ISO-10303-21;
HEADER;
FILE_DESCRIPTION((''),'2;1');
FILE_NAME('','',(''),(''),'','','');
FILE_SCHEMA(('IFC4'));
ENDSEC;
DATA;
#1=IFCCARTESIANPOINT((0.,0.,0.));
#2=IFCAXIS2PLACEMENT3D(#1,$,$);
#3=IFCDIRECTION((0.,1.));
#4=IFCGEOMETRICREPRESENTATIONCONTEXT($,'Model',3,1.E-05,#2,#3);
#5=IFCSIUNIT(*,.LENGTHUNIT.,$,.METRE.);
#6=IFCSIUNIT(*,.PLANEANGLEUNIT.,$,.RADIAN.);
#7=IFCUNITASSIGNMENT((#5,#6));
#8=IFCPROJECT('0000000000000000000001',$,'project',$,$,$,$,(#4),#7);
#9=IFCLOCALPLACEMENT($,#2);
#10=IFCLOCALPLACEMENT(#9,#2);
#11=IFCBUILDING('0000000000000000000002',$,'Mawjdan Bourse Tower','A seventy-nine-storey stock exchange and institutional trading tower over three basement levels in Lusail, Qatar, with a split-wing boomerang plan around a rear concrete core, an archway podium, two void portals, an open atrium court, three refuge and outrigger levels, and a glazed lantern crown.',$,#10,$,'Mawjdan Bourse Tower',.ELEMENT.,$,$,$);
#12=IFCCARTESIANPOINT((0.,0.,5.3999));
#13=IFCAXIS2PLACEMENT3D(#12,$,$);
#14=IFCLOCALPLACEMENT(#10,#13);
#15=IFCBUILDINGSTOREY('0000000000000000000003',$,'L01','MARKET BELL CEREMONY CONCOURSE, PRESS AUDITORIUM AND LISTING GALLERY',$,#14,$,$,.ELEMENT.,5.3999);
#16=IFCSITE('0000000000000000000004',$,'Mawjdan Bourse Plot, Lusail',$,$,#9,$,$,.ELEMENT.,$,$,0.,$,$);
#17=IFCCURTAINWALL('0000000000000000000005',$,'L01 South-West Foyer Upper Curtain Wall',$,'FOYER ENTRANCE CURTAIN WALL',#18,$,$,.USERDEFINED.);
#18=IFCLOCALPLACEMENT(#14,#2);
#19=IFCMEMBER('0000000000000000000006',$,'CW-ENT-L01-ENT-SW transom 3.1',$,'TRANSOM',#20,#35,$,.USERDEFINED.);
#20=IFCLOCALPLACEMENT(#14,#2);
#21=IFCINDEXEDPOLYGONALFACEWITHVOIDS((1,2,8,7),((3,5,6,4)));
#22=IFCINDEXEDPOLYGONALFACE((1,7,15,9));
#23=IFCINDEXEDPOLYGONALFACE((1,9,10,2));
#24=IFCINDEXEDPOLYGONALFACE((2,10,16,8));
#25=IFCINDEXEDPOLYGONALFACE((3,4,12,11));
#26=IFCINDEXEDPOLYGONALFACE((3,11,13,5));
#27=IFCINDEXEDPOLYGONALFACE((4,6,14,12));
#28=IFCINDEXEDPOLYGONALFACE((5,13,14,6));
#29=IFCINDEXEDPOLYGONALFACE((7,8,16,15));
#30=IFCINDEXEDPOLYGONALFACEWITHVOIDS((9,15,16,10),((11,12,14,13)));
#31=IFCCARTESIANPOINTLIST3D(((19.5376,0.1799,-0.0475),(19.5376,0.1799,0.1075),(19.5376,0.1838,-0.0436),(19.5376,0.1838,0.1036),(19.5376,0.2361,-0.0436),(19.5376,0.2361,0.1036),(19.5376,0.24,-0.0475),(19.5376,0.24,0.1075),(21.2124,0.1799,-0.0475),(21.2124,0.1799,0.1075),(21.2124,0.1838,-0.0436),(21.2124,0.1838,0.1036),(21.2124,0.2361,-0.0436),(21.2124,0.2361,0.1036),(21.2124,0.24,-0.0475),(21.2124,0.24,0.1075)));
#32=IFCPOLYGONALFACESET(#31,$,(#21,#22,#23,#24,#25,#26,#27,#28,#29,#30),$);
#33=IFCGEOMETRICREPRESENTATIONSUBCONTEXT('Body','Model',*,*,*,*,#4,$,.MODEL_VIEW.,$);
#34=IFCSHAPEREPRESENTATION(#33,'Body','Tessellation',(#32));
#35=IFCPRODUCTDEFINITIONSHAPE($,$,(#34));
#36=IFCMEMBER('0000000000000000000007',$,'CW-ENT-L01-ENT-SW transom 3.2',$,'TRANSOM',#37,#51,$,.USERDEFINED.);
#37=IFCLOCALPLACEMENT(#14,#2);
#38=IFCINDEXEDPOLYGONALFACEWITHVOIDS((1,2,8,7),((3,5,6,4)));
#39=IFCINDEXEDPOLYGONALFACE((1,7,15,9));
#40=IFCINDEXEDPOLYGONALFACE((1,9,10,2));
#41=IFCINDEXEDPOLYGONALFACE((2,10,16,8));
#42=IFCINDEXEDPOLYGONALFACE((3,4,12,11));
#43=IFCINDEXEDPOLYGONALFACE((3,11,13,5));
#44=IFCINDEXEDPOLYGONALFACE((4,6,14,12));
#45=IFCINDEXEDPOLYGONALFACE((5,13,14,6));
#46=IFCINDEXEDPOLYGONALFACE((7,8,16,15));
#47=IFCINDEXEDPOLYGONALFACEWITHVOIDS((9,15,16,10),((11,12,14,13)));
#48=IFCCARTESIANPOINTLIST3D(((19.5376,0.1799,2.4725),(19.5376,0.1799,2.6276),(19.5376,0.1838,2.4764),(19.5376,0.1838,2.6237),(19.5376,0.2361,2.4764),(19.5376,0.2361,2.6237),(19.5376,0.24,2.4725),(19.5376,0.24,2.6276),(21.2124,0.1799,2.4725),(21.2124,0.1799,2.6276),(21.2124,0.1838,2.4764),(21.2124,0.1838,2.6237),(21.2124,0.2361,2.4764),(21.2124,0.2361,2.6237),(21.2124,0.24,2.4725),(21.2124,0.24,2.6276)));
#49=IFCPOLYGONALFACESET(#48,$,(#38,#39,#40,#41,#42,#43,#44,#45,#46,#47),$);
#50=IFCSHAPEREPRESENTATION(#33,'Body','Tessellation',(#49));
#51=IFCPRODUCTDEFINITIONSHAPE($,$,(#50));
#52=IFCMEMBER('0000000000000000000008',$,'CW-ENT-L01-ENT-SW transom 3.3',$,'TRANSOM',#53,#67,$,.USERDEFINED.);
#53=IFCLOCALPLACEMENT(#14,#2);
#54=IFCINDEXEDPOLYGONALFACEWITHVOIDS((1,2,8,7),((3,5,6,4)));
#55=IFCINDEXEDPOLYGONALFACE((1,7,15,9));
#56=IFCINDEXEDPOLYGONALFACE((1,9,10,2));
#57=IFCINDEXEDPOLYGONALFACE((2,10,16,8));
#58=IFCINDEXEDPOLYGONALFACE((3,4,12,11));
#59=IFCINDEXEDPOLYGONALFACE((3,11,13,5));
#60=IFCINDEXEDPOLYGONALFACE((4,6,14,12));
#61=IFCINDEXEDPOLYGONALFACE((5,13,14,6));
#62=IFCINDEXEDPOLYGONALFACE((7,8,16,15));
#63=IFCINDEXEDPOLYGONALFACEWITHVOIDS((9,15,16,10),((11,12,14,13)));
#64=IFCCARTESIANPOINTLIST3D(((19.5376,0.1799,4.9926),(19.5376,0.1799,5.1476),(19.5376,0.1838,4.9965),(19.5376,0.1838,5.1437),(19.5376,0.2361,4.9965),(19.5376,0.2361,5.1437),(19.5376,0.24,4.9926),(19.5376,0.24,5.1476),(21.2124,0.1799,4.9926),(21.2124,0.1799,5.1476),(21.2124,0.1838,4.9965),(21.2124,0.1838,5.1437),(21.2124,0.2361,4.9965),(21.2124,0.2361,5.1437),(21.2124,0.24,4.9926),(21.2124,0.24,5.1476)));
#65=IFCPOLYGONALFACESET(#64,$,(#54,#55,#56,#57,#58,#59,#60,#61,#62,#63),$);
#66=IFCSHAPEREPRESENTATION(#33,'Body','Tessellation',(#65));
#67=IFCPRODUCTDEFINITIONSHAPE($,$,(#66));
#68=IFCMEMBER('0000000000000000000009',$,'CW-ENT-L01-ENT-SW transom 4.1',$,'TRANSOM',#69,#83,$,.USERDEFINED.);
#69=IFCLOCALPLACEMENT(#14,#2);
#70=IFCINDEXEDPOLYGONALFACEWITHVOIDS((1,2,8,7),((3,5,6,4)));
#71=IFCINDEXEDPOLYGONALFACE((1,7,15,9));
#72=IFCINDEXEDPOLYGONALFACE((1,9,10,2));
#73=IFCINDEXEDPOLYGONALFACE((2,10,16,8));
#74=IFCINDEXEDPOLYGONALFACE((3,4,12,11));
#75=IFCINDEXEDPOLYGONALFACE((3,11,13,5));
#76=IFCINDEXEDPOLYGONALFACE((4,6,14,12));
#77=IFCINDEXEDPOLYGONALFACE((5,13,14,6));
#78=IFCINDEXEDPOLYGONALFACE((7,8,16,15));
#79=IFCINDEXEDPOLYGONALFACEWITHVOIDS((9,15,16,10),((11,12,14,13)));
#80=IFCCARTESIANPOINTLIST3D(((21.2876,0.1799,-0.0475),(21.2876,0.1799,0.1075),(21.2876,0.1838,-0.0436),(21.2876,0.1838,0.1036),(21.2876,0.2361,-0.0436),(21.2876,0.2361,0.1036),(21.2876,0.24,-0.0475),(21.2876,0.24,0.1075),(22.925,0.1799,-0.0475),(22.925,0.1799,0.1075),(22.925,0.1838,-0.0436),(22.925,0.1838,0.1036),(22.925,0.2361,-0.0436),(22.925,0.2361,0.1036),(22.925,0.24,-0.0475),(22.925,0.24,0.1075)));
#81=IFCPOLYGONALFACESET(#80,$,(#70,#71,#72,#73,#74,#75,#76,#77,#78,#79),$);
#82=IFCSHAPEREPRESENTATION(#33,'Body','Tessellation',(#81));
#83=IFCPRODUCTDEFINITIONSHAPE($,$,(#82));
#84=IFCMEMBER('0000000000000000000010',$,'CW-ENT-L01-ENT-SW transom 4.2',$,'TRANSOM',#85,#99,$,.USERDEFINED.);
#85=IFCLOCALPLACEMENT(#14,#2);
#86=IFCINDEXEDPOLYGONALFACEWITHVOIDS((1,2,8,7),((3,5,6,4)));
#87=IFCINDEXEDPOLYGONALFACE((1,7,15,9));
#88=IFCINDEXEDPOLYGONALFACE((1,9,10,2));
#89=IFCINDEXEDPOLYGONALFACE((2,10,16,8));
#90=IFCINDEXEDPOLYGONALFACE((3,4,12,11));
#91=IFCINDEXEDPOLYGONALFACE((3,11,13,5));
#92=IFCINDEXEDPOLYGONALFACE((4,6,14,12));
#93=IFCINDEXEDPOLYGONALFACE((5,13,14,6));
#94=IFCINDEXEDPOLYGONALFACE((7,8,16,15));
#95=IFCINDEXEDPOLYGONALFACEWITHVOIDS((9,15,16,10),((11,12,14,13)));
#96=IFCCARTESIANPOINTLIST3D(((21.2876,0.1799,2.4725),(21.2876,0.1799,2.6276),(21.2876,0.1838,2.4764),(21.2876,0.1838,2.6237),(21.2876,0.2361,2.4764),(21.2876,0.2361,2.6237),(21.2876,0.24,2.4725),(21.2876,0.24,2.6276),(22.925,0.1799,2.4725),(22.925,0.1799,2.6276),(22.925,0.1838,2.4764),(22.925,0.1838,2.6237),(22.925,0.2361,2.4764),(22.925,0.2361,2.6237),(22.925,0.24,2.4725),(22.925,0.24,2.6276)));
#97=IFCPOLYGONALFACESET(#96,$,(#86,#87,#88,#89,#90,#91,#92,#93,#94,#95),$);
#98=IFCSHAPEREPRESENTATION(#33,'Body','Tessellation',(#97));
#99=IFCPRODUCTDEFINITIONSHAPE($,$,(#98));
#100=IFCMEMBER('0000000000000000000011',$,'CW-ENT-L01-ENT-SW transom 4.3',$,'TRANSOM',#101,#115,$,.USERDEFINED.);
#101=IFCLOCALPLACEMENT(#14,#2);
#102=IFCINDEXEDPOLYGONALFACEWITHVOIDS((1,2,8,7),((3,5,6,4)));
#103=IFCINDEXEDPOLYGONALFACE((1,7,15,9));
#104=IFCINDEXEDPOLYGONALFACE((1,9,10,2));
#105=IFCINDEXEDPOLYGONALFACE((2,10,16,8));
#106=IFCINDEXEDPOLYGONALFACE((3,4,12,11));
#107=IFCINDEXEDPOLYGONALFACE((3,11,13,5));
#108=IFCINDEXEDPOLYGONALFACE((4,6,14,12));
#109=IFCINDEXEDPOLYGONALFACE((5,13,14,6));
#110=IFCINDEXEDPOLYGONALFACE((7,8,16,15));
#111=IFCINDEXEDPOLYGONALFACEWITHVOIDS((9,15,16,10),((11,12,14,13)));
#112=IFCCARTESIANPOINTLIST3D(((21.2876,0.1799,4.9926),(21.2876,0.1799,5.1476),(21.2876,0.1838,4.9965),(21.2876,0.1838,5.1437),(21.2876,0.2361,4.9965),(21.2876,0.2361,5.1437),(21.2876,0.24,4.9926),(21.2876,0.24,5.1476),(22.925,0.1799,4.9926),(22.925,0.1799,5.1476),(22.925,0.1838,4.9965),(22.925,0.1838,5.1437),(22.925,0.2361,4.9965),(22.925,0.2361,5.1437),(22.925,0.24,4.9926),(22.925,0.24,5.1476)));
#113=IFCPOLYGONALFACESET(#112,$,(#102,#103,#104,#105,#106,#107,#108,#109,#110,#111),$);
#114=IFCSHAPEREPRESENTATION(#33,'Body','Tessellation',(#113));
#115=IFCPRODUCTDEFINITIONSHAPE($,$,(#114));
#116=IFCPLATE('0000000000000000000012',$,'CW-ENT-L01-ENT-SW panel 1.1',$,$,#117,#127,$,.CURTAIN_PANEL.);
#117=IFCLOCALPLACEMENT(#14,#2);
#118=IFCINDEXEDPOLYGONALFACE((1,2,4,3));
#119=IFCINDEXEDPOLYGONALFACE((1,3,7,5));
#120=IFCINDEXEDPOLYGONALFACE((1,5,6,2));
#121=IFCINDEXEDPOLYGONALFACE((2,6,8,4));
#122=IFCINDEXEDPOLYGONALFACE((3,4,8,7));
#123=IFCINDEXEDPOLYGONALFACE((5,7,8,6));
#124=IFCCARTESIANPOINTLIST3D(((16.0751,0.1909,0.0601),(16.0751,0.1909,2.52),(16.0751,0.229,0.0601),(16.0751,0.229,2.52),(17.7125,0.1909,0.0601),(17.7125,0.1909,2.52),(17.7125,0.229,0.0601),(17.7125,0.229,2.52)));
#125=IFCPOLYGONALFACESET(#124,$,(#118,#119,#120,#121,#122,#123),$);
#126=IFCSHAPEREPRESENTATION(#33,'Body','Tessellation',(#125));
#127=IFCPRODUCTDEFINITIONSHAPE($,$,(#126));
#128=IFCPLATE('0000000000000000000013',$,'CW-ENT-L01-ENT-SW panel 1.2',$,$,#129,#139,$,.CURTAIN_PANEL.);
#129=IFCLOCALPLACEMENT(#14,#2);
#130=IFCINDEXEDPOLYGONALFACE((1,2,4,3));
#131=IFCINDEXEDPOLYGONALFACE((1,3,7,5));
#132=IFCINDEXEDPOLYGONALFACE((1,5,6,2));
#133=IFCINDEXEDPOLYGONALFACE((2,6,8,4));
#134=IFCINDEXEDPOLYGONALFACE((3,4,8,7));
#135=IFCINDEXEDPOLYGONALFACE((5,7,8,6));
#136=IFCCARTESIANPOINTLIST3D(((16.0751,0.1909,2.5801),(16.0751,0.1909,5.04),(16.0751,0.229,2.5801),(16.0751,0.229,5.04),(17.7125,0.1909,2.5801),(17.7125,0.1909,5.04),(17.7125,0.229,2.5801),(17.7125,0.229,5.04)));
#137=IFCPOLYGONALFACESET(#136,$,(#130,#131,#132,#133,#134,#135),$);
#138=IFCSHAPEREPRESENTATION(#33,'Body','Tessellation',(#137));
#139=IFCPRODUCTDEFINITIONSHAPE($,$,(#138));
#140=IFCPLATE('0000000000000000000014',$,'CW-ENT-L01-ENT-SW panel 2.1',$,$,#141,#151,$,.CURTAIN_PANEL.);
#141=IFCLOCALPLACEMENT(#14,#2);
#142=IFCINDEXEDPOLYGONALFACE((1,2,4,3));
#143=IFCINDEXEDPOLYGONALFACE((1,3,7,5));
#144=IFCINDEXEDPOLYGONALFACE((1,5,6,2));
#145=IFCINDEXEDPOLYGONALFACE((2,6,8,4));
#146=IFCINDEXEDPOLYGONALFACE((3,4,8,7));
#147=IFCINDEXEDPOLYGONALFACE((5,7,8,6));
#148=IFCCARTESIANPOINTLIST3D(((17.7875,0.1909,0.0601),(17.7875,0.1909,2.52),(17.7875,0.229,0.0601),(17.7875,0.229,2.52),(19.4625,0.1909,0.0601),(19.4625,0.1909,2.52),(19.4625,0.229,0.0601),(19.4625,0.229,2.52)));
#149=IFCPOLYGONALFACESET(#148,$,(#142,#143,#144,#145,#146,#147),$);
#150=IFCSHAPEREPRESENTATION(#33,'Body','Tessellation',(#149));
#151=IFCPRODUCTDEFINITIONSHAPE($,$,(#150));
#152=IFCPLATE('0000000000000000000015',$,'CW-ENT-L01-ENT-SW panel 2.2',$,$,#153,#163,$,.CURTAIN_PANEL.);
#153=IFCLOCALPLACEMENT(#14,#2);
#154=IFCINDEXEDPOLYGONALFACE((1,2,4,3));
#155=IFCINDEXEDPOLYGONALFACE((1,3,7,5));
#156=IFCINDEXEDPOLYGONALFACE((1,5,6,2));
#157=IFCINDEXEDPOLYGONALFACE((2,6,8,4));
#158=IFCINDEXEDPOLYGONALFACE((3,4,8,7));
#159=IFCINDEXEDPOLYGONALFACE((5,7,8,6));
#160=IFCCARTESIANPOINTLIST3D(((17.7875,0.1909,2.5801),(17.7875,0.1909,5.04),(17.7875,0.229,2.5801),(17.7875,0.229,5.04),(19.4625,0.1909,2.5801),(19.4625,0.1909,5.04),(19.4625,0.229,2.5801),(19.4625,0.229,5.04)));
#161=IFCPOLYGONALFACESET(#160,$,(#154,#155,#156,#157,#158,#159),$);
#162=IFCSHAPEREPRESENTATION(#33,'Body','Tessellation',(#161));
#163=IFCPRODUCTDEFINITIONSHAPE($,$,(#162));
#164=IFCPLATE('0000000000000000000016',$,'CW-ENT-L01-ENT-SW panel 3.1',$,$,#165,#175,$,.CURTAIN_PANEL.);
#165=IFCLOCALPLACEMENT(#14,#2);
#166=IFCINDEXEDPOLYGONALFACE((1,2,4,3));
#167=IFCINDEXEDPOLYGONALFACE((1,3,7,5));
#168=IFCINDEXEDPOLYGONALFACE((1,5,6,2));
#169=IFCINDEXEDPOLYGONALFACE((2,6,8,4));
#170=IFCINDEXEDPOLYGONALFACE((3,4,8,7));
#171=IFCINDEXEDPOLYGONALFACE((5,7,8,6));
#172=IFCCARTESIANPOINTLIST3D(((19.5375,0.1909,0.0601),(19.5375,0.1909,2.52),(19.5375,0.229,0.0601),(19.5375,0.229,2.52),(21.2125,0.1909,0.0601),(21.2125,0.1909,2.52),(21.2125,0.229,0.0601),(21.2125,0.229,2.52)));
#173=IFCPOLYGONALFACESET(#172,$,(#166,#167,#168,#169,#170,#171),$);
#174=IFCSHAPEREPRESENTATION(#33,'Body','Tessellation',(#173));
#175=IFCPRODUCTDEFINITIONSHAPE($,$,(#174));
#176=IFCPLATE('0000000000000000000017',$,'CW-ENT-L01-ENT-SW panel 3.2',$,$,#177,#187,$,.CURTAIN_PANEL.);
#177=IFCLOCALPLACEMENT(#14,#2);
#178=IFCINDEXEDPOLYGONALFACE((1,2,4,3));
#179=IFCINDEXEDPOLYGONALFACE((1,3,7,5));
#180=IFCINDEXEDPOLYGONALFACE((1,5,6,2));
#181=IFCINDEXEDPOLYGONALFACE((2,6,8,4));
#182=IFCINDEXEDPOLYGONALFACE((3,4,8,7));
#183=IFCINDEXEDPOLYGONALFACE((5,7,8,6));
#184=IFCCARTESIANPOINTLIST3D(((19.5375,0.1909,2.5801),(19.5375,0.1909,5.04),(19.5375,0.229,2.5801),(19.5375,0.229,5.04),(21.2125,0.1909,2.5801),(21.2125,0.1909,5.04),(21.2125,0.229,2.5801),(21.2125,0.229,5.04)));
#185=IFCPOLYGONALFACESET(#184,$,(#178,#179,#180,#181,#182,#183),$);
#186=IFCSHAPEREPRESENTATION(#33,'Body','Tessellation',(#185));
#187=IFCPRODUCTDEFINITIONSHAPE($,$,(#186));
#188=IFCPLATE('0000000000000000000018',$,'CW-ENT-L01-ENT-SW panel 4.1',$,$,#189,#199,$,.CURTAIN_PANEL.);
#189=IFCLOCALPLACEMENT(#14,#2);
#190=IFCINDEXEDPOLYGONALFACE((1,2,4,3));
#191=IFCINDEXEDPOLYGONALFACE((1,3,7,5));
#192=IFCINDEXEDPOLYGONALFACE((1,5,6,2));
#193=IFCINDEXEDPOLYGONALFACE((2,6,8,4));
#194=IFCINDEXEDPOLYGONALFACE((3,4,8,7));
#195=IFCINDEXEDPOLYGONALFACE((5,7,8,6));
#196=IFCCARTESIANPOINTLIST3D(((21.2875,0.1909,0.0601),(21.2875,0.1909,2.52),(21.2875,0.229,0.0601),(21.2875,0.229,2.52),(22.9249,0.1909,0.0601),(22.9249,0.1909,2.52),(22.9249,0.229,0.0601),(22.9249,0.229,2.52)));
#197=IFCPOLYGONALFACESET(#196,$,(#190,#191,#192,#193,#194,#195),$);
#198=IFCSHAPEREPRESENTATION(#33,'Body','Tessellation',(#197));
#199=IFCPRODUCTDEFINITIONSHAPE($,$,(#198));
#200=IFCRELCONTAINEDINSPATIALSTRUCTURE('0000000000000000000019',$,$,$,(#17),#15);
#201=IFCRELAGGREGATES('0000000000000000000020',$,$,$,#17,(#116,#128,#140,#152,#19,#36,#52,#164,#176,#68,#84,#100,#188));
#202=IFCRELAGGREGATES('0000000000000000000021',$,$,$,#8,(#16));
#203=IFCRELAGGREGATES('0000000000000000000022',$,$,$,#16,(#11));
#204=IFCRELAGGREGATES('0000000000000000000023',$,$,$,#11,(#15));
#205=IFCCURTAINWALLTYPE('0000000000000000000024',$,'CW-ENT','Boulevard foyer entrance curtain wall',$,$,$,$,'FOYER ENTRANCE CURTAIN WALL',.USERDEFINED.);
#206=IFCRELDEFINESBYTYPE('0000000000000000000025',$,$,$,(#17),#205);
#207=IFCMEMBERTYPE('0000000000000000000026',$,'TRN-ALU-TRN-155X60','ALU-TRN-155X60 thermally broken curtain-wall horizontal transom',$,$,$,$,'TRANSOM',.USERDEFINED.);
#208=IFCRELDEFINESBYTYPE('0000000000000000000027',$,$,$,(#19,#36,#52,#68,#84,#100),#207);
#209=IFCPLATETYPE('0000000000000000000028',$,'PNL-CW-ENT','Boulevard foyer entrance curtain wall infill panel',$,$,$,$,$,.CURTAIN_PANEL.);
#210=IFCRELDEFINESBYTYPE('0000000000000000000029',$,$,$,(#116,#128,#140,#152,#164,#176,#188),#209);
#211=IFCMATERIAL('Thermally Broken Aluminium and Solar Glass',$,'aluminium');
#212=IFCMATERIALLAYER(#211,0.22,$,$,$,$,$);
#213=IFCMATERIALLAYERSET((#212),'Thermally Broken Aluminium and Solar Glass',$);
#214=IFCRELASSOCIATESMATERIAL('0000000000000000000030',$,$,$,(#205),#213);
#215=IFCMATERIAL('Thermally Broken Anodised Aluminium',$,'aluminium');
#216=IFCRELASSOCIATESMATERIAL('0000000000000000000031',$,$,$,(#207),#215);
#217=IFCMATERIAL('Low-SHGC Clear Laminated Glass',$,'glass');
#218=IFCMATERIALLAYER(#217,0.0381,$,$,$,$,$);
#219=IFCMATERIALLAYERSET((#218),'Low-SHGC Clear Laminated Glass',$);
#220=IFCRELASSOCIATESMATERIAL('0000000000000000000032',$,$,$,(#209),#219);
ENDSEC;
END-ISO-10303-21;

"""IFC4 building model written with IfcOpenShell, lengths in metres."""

from ifc_helpers import new_model, si_unit, direction, frame, origin, origin_2d, place, context, subcontext, project, spatial, rectangle, hollow_rectangle, extrude, material, layer, layer_set, material_profile, profile_set, type_object, element, aggregate, save


model = new_model("IFC4")

# Units and contexts
model_context = context("Model", 3, precision=1e-05, world=origin(), true_north=direction((0.0, 1.0)))
body_context = subcontext(model_context, "Body", "Model", "MODEL_VIEW")
ifc_project = project(units=[si_unit("LENGTHUNIT", "METRE"), si_unit("PLANEANGLEUNIT", "RADIAN")], contexts=[model_context])

# Site, building, storey
site_placement = place(None, origin())
site = spatial("IfcSite", under=ifc_project, at=site_placement, Name="Mawjdan Bourse Plot, Lusail", CompositionType="ELEMENT", RefElevation=0.0)
building_placement = place(site_placement, origin())
building = spatial("IfcBuilding", under=site, at=building_placement, Name="Mawjdan Bourse Tower", Description="A seventy-nine-storey stock exchange and institutional trading tower over three basement levels in Lusail, Qatar, with a split-wing boomerang plan around a rear concrete core, an archway podium, two void portals, an open atrium court, three refuge and outrigger levels, and a glazed lantern crown.", LongName="Mawjdan Bourse Tower", CompositionType="ELEMENT")
storey_placement = place(building_placement, frame((0.0, 0.0, 5.3999)))
storey = spatial("IfcBuildingStorey", under=building, at=storey_placement, Name="L01", Description="MARKET BELL CEREMONY CONCOURSE, PRESS AUDITORIUM AND LISTING GALLERY", CompositionType="ELEMENT", Elevation=5.3999)

# Curtain wall, members, plates
ifc_material_1 = material(Name="Thermally Broken Aluminium and Solar Glass", Category="aluminium")
ifc_layer_1 = layer(ifc_material_1, 0.22)
ifc_layer_set_1 = layer_set([ifc_layer_1], Name="Thermally Broken Aluminium and Solar Glass")
curtain_wall_type = type_object("IfcCurtainWallType", Name="CW-ENT", Description="Boulevard foyer entrance curtain wall", ElementType="FOYER ENTRANCE CURTAIN WALL", PredefinedType="USERDEFINED", material=ifc_layer_set_1)
curtain_wall_placement = place(storey_placement, origin())
curtain_wall = element("IfcCurtainWall", 1, at=curtain_wall_placement, inside=storey, type_object=curtain_wall_type, Name="L01 South-West Foyer Upper Curtain Wall", ObjectType="FOYER ENTRANCE CURTAIN WALL", PredefinedType="USERDEFINED")
ifc_material_2 = material(Name="Thermally Broken Anodised Aluminium", Category="aluminium")
ifc_material_profile_1 = material_profile(ifc_material_2, hollow_rectangle(XDim=0.0601, YDim=0.155, WallThickness=0.0039, at=origin_2d()), Name="ALU-TRN-155X60")
ifc_profile_set_1 = profile_set([ifc_material_profile_1], Name="Thermally Broken Anodised Aluminium")
member_type_1 = type_object("IfcMemberType", Name="TRN-ALU-TRN-155X60", Description="ALU-TRN-155X60 thermally broken curtain-wall horizontal transom", ElementType="TRANSOM", PredefinedType="USERDEFINED", material=ifc_profile_set_1)
member_1_placement = place(storey_placement, frame((19.5376, 0.21, 0.03), z_axis=(1.0, 0.0, 0.0), x_axis=(0.0, 1.0, 0.0)))
member_1 = element("IfcMember", 2, at=member_1_placement, type_object=member_type_1, Name="CW-ENT-L01-ENT-SW transom 3.1", ObjectType="TRANSOM", PredefinedType="USERDEFINED", context=body_context, shape_type="SweptSolid", body=[
    extrude(hollow_rectangle(XDim=0.0601, YDim=0.155, WallThickness=0.0039, at=origin_2d()), origin(), (0.0, 0.0, 1.0), 1.6748),
])
member_2_placement = place(storey_placement, frame((19.5376, 0.21, 2.55), z_axis=(1.0, 0.0, 0.0), x_axis=(0.0, 1.0, 0.0)))
member_2 = element("IfcMember", 3, at=member_2_placement, type_object=member_type_1, Name="CW-ENT-L01-ENT-SW transom 3.2", ObjectType="TRANSOM", PredefinedType="USERDEFINED", context=body_context, shape_type="SweptSolid", body=[
    extrude(hollow_rectangle(XDim=0.0601, YDim=0.155, WallThickness=0.0039, at=origin_2d()), origin(), (0.0, 0.0, 1.0), 1.6748),
])
member_3_placement = place(storey_placement, frame((19.5376, 0.21, 5.0701), z_axis=(1.0, 0.0, 0.0), x_axis=(0.0, 1.0, 0.0)))
member_3 = element("IfcMember", 4, at=member_3_placement, type_object=member_type_1, Name="CW-ENT-L01-ENT-SW transom 3.3", ObjectType="TRANSOM", PredefinedType="USERDEFINED", context=body_context, shape_type="SweptSolid", body=[
    extrude(hollow_rectangle(XDim=0.0601, YDim=0.155, WallThickness=0.0039, at=origin_2d()), origin(), (0.0, 0.0, 1.0), 1.6748),
])
member_4_placement = place(storey_placement, frame((21.2876, 0.21, 0.03), z_axis=(1.0, 0.0, 0.0), x_axis=(0.0, 1.0, 0.0)))
member_4 = element("IfcMember", 5, at=member_4_placement, type_object=member_type_1, Name="CW-ENT-L01-ENT-SW transom 4.1", ObjectType="TRANSOM", PredefinedType="USERDEFINED", context=body_context, shape_type="SweptSolid", body=[
    extrude(hollow_rectangle(XDim=0.0601, YDim=0.155, WallThickness=0.0039, at=origin_2d()), origin(), (0.0, 0.0, 1.0), 1.6375),
])
member_5_placement = place(storey_placement, frame((21.2876, 0.21, 2.55), z_axis=(1.0, 0.0, 0.0), x_axis=(0.0, 1.0, 0.0)))
member_5 = element("IfcMember", 6, at=member_5_placement, type_object=member_type_1, Name="CW-ENT-L01-ENT-SW transom 4.2", ObjectType="TRANSOM", PredefinedType="USERDEFINED", context=body_context, shape_type="SweptSolid", body=[
    extrude(hollow_rectangle(XDim=0.0601, YDim=0.155, WallThickness=0.0039, at=origin_2d()), origin(), (0.0, 0.0, 1.0), 1.6375),
])
member_6_placement = place(storey_placement, frame((21.2876, 0.21, 5.0701), z_axis=(1.0, 0.0, 0.0), x_axis=(0.0, 1.0, 0.0)))
member_6 = element("IfcMember", 7, at=member_6_placement, type_object=member_type_1, Name="CW-ENT-L01-ENT-SW transom 4.3", ObjectType="TRANSOM", PredefinedType="USERDEFINED", context=body_context, shape_type="SweptSolid", body=[
    extrude(hollow_rectangle(XDim=0.0601, YDim=0.155, WallThickness=0.0039, at=origin_2d()), origin(), (0.0, 0.0, 1.0), 1.6375),
])
ifc_material_3 = material(Name="Low-SHGC Clear Laminated Glass", Category="glass")
ifc_layer_2 = layer(ifc_material_3, 0.0381)
ifc_layer_set_2 = layer_set([ifc_layer_2], Name="Low-SHGC Clear Laminated Glass")
plate_type = type_object("IfcPlateType", Name="PNL-CW-ENT", Description="Boulevard foyer entrance curtain wall infill panel", PredefinedType="CURTAIN_PANEL", material=ifc_layer_set_2)
plate_1_placement = place(storey_placement, frame((16.8938, 0.21, 0.0601), z_axis=(0.0, 0.0, 1.0), x_axis=(1.0, 0.0, 0.0)))
plate_1 = element("IfcPlate", 8, at=plate_1_placement, type_object=plate_type, Name="CW-ENT-L01-ENT-SW panel 1.1", PredefinedType="CURTAIN_PANEL", context=body_context, shape_type="SweptSolid", body=[
    extrude(rectangle(XDim=1.6375, YDim=0.0381, at=origin_2d()), origin(), (0.0, 0.0, 1.0), 2.46),
])
plate_2_placement = place(storey_placement, frame((16.8938, 0.21, 2.5801), z_axis=(0.0, 0.0, 1.0), x_axis=(1.0, 0.0, 0.0)))
plate_2 = element("IfcPlate", 9, at=plate_2_placement, type_object=plate_type, Name="CW-ENT-L01-ENT-SW panel 1.2", PredefinedType="CURTAIN_PANEL", context=body_context, shape_type="SweptSolid", body=[
    extrude(rectangle(XDim=1.6375, YDim=0.0381, at=origin_2d()), origin(), (0.0, 0.0, 1.0), 2.46),
])
plate_3_placement = place(storey_placement, frame((18.625, 0.21, 0.0601), z_axis=(0.0, 0.0, 1.0), x_axis=(1.0, 0.0, 0.0)))
plate_3 = element("IfcPlate", 10, at=plate_3_placement, type_object=plate_type, Name="CW-ENT-L01-ENT-SW panel 2.1", PredefinedType="CURTAIN_PANEL", context=body_context, shape_type="SweptSolid", body=[
    extrude(rectangle(XDim=1.675, YDim=0.0381, at=origin_2d()), origin(), (0.0, 0.0, 1.0), 2.46),
])
plate_4_placement = place(storey_placement, frame((18.625, 0.21, 2.5801), z_axis=(0.0, 0.0, 1.0), x_axis=(1.0, 0.0, 0.0)))
plate_4 = element("IfcPlate", 11, at=plate_4_placement, type_object=plate_type, Name="CW-ENT-L01-ENT-SW panel 2.2", PredefinedType="CURTAIN_PANEL", context=body_context, shape_type="SweptSolid", body=[
    extrude(rectangle(XDim=1.675, YDim=0.0381, at=origin_2d()), origin(), (0.0, 0.0, 1.0), 2.46),
])
plate_5_placement = place(storey_placement, frame((20.375, 0.21, 0.0601), z_axis=(0.0, 0.0, 1.0), x_axis=(1.0, 0.0, 0.0)))
plate_5 = element("IfcPlate", 12, at=plate_5_placement, type_object=plate_type, Name="CW-ENT-L01-ENT-SW panel 3.1", PredefinedType="CURTAIN_PANEL", context=body_context, shape_type="SweptSolid", body=[
    extrude(rectangle(XDim=1.675, YDim=0.0381, at=origin_2d()), origin(), (0.0, 0.0, 1.0), 2.46),
])
plate_6_placement = place(storey_placement, frame((20.375, 0.21, 2.5801), z_axis=(0.0, 0.0, 1.0), x_axis=(1.0, 0.0, 0.0)))
plate_6 = element("IfcPlate", 13, at=plate_6_placement, type_object=plate_type, Name="CW-ENT-L01-ENT-SW panel 3.2", PredefinedType="CURTAIN_PANEL", context=body_context, shape_type="SweptSolid", body=[
    extrude(rectangle(XDim=1.675, YDim=0.0381, at=origin_2d()), origin(), (0.0, 0.0, 1.0), 2.46),
])
plate_7_placement = place(storey_placement, frame((22.1062, 0.21, 0.0601), z_axis=(0.0, 0.0, 1.0), x_axis=(1.0, 0.0, 0.0)))
plate_7 = element("IfcPlate", 14, at=plate_7_placement, type_object=plate_type, Name="CW-ENT-L01-ENT-SW panel 4.1", PredefinedType="CURTAIN_PANEL", context=body_context, shape_type="SweptSolid", body=[
    extrude(rectangle(XDim=1.6375, YDim=0.0381, at=origin_2d()), origin(), (0.0, 0.0, 1.0), 2.46),
])
aggregate(curtain_wall, [plate_1, plate_2, plate_3, plate_4, member_1, member_2, member_3, plate_5, plate_6, member_4, member_5, member_6, plate_7])

save(model, "model.ifc")
